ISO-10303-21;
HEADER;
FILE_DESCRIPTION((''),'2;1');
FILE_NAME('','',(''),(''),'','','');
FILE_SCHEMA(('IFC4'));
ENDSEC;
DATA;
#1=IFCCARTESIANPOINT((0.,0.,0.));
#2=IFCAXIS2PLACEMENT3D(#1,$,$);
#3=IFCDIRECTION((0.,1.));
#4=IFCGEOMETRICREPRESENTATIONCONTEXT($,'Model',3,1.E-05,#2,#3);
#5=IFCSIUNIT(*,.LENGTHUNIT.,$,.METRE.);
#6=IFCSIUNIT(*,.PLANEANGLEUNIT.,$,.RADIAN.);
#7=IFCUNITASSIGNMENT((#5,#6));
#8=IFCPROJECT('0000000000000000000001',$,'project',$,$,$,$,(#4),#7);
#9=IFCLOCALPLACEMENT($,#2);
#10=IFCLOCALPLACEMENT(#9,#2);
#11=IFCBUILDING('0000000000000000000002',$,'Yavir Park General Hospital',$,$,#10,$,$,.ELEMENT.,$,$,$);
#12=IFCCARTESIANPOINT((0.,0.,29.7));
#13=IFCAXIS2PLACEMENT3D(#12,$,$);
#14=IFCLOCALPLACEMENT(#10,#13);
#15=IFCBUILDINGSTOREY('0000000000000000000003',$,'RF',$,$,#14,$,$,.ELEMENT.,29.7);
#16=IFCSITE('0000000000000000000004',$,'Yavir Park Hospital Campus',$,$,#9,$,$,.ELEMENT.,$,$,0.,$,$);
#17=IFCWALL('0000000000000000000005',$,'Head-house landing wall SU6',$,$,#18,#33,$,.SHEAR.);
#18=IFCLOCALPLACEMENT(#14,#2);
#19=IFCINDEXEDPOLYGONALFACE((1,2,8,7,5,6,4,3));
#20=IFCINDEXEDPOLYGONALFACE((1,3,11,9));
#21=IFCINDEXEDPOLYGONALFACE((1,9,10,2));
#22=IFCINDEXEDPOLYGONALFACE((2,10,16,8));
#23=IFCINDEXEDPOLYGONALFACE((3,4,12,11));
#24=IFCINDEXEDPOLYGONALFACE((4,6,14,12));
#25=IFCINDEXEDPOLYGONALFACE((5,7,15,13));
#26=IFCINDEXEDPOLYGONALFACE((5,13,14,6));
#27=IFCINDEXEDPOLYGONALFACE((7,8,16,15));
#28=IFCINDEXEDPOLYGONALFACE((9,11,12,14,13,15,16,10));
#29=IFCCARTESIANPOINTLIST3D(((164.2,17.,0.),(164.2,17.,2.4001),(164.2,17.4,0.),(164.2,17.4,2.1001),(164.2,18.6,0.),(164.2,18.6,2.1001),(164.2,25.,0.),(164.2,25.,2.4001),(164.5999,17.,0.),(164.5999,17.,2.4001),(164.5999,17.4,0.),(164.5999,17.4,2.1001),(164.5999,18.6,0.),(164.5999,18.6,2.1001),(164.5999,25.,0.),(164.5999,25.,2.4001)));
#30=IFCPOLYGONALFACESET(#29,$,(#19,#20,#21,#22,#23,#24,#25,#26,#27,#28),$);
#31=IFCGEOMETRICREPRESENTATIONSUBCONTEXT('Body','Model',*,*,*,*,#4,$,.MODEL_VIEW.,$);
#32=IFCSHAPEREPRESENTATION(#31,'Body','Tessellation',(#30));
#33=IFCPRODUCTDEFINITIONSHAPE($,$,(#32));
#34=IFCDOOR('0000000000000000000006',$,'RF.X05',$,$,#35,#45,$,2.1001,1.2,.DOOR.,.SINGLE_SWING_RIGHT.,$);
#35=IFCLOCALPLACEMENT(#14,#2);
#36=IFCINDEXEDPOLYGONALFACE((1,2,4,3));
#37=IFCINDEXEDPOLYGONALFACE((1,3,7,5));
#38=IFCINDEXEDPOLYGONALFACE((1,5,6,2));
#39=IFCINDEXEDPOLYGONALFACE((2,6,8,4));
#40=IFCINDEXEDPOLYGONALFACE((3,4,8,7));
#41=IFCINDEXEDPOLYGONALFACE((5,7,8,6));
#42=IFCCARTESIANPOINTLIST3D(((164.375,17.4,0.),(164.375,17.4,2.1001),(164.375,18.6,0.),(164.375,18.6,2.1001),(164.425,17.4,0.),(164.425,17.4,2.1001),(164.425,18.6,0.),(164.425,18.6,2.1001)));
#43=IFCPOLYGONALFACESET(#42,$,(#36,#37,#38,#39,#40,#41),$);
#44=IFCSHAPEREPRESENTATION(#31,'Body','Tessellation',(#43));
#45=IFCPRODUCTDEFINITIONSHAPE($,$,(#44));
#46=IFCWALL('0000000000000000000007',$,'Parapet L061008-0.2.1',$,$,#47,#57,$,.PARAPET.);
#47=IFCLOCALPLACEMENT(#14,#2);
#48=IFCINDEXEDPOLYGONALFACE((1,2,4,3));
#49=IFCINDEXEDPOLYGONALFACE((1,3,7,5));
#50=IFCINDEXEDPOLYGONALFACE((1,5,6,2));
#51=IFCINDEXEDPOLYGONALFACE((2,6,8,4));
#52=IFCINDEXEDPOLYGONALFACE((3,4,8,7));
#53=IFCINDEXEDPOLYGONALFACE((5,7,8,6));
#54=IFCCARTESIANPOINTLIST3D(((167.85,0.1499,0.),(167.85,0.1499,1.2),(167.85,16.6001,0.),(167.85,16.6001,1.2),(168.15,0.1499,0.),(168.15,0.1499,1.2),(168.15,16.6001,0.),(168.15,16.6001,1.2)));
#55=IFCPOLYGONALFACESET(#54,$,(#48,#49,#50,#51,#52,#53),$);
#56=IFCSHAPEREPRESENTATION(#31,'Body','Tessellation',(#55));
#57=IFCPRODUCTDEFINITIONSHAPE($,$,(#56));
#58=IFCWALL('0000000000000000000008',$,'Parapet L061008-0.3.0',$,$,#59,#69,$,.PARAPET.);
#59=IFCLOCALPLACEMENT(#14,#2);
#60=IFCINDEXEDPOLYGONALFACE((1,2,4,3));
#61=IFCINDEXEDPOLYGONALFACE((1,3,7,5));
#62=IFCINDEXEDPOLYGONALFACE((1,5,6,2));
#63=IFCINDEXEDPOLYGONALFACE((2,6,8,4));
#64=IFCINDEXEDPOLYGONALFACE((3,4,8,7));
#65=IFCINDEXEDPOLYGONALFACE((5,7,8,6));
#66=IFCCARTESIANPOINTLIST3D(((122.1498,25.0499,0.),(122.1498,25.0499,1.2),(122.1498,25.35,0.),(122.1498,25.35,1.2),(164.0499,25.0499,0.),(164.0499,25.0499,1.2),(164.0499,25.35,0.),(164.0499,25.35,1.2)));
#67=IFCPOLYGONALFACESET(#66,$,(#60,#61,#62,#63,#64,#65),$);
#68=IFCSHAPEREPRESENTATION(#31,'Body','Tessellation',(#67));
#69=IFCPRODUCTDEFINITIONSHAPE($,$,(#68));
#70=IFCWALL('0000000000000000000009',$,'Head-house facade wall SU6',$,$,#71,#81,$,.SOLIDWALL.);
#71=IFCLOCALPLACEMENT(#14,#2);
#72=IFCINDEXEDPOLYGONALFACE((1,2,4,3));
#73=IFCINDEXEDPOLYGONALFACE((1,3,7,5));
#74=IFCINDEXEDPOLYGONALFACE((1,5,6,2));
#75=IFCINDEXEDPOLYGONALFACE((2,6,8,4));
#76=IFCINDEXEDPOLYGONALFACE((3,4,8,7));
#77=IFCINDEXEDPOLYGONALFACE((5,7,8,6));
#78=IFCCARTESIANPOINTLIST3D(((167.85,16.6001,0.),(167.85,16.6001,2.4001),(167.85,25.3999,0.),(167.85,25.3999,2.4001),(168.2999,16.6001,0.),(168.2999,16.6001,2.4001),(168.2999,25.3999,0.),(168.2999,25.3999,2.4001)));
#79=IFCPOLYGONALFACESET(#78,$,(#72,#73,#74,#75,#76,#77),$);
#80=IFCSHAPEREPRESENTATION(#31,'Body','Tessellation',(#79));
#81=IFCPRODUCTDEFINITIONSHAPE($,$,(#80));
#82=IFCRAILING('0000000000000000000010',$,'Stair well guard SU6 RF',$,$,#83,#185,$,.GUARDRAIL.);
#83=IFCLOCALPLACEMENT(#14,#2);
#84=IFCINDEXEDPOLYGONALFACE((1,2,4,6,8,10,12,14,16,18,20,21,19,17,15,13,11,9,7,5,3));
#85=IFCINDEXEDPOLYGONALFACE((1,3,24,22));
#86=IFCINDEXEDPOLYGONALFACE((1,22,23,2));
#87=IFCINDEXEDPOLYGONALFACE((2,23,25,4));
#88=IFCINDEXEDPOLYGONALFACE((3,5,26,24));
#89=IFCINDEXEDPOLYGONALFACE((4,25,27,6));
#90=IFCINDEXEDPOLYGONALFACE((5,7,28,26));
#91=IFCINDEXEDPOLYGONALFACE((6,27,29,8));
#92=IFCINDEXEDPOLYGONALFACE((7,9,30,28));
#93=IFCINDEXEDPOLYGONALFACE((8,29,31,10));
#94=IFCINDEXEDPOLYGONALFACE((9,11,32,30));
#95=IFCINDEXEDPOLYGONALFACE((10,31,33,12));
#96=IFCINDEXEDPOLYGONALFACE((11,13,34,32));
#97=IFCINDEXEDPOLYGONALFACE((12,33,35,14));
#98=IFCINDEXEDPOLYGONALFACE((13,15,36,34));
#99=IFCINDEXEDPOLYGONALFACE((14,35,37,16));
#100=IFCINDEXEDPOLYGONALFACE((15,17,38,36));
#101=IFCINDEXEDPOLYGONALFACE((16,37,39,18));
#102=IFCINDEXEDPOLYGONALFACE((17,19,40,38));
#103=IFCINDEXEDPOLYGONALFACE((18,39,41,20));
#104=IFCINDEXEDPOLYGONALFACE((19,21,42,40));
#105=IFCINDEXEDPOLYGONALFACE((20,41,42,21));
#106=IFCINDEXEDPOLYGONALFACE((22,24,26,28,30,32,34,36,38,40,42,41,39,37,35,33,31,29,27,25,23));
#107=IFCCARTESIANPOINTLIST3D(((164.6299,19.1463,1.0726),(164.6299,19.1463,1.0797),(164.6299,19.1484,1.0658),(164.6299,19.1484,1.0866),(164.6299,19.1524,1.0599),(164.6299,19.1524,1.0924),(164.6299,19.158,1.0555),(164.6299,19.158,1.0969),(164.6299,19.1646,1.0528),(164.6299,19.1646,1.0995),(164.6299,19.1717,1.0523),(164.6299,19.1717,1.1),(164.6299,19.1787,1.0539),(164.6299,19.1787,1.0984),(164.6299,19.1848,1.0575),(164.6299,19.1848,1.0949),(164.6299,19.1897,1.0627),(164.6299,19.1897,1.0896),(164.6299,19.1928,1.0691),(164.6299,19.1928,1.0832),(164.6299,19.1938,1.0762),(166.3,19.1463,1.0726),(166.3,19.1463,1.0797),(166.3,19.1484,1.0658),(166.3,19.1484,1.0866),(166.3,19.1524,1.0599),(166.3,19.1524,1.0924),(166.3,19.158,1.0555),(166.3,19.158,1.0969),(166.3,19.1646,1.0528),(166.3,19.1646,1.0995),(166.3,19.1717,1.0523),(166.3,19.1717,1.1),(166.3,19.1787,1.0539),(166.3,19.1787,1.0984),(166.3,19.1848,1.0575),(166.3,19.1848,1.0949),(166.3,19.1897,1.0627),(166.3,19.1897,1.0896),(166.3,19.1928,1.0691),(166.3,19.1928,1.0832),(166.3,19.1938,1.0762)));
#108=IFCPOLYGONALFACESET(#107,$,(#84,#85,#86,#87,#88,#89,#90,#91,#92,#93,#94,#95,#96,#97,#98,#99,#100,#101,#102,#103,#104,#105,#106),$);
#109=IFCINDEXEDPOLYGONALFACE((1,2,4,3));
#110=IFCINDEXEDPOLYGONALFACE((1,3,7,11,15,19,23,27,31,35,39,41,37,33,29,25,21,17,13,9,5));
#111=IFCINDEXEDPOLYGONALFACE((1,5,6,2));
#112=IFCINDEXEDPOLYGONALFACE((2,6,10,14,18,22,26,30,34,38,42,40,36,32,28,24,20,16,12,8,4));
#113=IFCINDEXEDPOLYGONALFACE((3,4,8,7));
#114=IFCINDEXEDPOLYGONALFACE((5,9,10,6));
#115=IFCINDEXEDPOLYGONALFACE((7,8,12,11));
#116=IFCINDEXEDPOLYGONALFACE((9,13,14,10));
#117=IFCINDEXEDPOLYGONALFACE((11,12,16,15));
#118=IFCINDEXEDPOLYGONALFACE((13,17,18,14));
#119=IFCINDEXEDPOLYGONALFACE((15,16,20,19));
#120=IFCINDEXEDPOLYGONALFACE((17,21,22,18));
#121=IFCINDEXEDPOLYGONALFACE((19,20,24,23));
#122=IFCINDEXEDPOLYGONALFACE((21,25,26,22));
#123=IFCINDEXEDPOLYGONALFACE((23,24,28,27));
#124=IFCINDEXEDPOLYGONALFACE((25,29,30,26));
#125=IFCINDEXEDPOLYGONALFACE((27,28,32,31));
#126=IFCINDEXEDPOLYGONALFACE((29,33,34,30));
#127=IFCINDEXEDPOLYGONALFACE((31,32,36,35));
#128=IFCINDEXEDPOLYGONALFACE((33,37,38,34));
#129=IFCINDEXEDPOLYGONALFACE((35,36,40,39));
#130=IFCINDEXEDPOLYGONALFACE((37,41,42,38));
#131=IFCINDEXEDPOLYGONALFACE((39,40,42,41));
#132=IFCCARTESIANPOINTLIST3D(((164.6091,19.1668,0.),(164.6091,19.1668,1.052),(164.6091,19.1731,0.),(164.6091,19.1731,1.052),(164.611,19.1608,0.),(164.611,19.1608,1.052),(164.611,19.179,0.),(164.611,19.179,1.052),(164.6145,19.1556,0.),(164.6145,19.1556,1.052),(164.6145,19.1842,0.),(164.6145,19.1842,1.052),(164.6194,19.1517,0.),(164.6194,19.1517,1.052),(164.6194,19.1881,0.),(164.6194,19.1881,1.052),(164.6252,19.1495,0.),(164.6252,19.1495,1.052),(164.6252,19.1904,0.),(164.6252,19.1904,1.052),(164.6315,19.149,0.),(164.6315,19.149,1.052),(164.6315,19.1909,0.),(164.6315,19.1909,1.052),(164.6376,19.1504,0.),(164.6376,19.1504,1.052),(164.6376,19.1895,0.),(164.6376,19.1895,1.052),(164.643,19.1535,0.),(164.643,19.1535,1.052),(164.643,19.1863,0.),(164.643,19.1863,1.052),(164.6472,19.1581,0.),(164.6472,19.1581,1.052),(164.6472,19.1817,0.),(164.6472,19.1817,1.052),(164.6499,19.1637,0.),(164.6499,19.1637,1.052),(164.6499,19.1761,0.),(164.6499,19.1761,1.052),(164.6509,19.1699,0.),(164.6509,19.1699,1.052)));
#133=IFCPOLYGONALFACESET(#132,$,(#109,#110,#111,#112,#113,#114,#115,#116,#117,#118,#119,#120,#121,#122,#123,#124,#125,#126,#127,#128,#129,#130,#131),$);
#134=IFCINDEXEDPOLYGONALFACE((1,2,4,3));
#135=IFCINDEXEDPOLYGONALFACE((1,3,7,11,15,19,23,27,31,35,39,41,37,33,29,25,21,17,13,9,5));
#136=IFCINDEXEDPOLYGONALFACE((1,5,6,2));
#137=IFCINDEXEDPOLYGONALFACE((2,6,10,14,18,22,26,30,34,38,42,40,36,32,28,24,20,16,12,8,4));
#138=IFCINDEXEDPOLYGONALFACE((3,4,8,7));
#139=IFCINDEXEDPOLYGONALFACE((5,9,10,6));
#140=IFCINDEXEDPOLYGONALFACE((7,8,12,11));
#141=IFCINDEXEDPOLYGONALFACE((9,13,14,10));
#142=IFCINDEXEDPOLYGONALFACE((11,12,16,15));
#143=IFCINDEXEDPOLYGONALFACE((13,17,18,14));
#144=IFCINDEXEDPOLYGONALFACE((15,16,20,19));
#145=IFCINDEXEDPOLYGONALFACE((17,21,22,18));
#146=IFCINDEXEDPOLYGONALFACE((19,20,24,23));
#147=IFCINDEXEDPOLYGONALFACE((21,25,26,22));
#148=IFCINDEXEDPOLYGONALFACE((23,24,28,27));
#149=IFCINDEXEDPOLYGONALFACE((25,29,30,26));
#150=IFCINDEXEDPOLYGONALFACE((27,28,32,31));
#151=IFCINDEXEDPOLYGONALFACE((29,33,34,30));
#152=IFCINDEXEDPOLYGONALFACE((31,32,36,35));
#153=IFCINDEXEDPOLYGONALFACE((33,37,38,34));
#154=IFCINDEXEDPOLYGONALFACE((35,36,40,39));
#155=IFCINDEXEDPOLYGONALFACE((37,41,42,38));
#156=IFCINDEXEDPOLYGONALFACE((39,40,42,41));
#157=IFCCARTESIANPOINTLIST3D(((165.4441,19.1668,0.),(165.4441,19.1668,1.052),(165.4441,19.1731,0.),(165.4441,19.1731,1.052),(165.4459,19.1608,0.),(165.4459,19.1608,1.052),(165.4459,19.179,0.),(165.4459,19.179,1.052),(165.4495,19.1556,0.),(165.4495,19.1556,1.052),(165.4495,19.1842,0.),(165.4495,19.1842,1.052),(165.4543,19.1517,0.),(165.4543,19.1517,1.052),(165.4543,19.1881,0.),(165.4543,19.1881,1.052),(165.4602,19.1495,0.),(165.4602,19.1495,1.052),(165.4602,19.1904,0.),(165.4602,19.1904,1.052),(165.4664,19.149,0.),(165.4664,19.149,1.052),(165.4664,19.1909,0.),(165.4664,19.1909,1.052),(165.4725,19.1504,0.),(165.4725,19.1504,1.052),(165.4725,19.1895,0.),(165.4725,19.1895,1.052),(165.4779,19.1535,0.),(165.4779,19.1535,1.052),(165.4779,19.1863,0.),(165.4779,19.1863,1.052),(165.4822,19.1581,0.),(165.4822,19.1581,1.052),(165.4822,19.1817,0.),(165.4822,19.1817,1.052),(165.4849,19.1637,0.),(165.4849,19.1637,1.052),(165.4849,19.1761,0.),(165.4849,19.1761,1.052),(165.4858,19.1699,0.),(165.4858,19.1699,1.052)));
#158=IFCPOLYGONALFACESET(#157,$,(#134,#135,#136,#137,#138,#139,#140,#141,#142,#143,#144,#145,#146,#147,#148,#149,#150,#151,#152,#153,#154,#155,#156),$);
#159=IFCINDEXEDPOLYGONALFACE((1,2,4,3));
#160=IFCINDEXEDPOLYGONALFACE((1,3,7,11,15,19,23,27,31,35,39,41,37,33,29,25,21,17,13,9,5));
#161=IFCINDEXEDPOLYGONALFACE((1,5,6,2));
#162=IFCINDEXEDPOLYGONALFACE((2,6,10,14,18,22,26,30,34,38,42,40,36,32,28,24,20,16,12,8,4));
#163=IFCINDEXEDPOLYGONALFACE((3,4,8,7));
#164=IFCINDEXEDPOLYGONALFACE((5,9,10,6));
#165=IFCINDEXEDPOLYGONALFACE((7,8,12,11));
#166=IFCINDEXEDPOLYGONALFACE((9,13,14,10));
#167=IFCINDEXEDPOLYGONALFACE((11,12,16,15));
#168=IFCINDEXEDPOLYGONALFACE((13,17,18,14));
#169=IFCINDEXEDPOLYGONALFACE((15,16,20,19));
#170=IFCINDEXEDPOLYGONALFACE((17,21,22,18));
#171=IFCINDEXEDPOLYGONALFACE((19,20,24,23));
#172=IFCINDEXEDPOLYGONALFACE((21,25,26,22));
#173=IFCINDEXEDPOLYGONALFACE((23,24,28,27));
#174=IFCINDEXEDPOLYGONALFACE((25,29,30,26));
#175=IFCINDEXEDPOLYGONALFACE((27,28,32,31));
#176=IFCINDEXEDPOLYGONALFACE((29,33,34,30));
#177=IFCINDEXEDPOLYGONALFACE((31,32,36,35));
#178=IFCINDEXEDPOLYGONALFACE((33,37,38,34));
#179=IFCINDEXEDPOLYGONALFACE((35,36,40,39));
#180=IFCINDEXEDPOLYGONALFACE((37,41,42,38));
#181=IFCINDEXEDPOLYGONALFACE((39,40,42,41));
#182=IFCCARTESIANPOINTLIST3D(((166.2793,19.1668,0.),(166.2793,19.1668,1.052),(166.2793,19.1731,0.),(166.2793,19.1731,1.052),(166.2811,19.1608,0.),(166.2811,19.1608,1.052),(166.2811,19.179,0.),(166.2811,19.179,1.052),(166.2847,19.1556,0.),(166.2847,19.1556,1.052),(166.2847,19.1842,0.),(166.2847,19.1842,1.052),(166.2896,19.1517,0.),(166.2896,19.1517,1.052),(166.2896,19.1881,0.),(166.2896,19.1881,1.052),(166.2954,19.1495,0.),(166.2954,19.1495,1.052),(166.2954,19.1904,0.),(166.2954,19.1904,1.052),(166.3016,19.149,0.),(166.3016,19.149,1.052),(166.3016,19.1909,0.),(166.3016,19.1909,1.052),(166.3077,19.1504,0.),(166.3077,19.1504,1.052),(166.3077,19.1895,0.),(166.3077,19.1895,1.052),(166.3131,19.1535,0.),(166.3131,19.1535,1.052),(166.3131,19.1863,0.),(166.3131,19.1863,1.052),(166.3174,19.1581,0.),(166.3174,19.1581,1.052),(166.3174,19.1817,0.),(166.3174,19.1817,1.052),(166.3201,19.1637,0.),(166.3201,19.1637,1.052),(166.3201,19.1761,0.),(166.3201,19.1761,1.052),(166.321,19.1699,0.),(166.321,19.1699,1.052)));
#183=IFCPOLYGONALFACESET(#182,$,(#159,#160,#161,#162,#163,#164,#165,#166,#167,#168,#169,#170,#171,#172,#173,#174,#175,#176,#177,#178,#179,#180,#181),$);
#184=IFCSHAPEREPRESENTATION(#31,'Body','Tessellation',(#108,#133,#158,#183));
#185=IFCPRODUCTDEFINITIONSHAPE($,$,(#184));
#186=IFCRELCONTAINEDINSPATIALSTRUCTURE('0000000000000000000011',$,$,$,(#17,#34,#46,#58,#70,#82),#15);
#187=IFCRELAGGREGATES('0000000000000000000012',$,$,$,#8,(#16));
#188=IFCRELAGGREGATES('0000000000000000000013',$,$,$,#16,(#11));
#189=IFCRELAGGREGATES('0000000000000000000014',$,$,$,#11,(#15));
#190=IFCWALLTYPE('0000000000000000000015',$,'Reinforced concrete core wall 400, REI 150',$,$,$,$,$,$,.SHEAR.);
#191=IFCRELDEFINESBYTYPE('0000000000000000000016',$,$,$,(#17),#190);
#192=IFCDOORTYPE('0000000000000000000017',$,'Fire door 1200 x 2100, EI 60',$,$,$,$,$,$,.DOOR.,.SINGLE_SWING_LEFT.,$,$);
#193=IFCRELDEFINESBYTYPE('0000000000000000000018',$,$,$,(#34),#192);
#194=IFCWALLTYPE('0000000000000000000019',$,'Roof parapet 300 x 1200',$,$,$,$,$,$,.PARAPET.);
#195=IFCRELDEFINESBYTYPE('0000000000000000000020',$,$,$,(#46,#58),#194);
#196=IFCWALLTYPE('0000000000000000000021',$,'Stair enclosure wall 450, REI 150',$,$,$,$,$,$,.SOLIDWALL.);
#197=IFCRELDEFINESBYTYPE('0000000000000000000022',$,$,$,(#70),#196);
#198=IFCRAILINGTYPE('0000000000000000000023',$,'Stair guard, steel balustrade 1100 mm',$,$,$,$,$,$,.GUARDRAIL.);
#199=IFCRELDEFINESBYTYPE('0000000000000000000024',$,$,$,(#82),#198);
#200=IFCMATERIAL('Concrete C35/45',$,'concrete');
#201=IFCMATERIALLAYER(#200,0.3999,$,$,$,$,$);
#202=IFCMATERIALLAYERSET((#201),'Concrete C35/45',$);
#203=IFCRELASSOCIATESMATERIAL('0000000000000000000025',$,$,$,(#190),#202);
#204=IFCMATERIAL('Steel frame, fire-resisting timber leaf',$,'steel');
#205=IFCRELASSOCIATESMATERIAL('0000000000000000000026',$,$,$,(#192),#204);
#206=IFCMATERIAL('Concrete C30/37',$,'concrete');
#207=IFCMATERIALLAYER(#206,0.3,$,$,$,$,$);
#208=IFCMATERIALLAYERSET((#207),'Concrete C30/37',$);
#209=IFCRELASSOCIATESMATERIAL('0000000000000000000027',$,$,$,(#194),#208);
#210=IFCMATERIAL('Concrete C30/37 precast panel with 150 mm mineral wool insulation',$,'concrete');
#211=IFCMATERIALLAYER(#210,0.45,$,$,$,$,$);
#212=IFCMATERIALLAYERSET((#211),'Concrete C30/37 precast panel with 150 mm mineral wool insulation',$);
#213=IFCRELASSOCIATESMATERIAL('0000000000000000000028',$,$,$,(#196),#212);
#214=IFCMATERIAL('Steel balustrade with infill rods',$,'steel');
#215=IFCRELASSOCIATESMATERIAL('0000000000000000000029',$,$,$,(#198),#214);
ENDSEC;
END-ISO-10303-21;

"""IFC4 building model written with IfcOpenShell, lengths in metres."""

from ifc_helpers import new_model, si_unit, direction, frame, frame_2d, origin, origin_2d, place, context, subcontext, project, spatial, rectangle, circle, extrude, material, layer, layer_set, type_object, element, fill, save


model = new_model("IFC4")

# Units and contexts
model_context = context("Model", 3, precision=1e-05, world=origin(), true_north=direction((0.0, 1.0)))
body_context = subcontext(model_context, "Body", "Model", "MODEL_VIEW")
ifc_project = project(units=[si_unit("LENGTHUNIT", "METRE"), si_unit("PLANEANGLEUNIT", "RADIAN")], contexts=[model_context])

# Site, building, storey
site_placement = place(None, origin())
site = spatial("IfcSite", under=ifc_project, at=site_placement, Name="Yavir Park Hospital Campus", CompositionType="ELEMENT", RefElevation=0.0)
building_placement = place(site_placement, origin())
building = spatial("IfcBuilding", under=site, at=building_placement, Name="Yavir Park General Hospital", CompositionType="ELEMENT")
storey_placement = place(building_placement, frame((0.0, 0.0, 29.7)))
storey = spatial("IfcBuildingStorey", under=building, at=storey_placement, Name="RF", CompositionType="ELEMENT", Elevation=29.7)

# Shared definitions
ifc_material_1 = material(Name="Concrete C35/45", Category="concrete")
ifc_layer_1 = layer(ifc_material_1, 0.3999)
ifc_layer_set_1 = layer_set([ifc_layer_1], Name="Concrete C35/45")
wall_type_1 = type_object("IfcWallType", Name="Reinforced concrete core wall 400, REI 150", PredefinedType="SHEAR", material=ifc_layer_set_1)

# Wall, opening, door
wall_1_placement = place(storey_placement, frame((164.3999, 17.0, 0.0), z_axis=(0.0, 0.0, 1.0), x_axis=(0.0, 1.0, 0.0)))
wall_1 = element("IfcWall", 1, at=wall_1_placement, inside=storey, type_object=wall_type_1, Name="Head-house landing wall SU6", PredefinedType="SHEAR", context=body_context, shape_type="SweptSolid", body=[
    extrude(rectangle(XDim=8.0, YDim=0.3999, at=frame_2d((4.0, 0.0))), origin(), (0.0, 0.0, 1.0), 2.4001),
])
opening_placement = place(wall_1_placement, frame((0.3999, 0.0, 0.0)))
opening = element("IfcOpeningElement", 2, at=opening_placement, cuts=wall_1, PredefinedType="OPENING", context=body_context, shape_type="SweptSolid", body=[
    extrude(rectangle(XDim=1.2, YDim=2.1001, at=frame_2d((0.6001, 1.05))), frame((0.0, 0.21, 0.0), z_axis=(0.0, -1.0, 0.0), x_axis=(1.0, 0.0, 0.0)), (0.0, 0.0, 1.0), 0.4199),
])
ifc_material_2 = material(Name="Steel frame, fire-resisting timber leaf", Category="steel")
door_type = type_object("IfcDoorType", Name="Fire door 1200 x 2100, EI 60", OperationType="SINGLE_SWING_LEFT", PredefinedType="DOOR", material=ifc_material_2)
door_placement = place(opening_placement, origin())
door = element("IfcDoor", 3, at=door_placement, inside=storey, type_object=door_type, Name="RF.X05", OperationType="SINGLE_SWING_RIGHT", OverallHeight=2.1001, OverallWidth=1.2, PredefinedType="DOOR", context=body_context, shape_type="SweptSolid", body=[
    extrude(rectangle(XDim=1.2, YDim=2.1001, at=frame_2d((0.6001, 1.05))), frame((0.0, 0.0249, 0.0), z_axis=(0.0, -1.0, 0.0), x_axis=(1.0, 0.0, 0.0)), (0.0, 0.0, 1.0), 0.05),
])
fill(opening, door)

# Walls
ifc_material_3 = material(Name="Concrete C30/37", Category="concrete")
ifc_layer_2 = layer(ifc_material_3, 0.3)
ifc_layer_set_2 = layer_set([ifc_layer_2], Name="Concrete C30/37")
wall_type_2 = type_object("IfcWallType", Name="Roof parapet 300 x 1200", PredefinedType="PARAPET", material=ifc_layer_set_2)
wall_2_placement = place(storey_placement, frame((168.0, 0.1499, 0.0), z_axis=(0.0, 0.0, 1.0), x_axis=(0.0, 1.0, 0.0)))
element("IfcWall", 4, at=wall_2_placement, inside=storey, type_object=wall_type_2, Name="Parapet L061008-0.2.1", PredefinedType="PARAPET", context=body_context, shape_type="SweptSolid", body=[
    extrude(rectangle(XDim=16.4502, YDim=0.3, at=frame_2d((8.2251, 0.0))), origin(), (0.0, 0.0, 1.0), 1.2),
])
wall_3_placement = place(storey_placement, frame((164.05, 25.2, 0.0), z_axis=(0.0, 0.0, 1.0), x_axis=(-1.0, 0.0, 0.0)))
element("IfcWall", 5, at=wall_3_placement, inside=storey, type_object=wall_type_2, Name="Parapet L061008-0.3.0", PredefinedType="PARAPET", context=body_context, shape_type="SweptSolid", body=[
    extrude(rectangle(XDim=41.9001, YDim=0.3, at=frame_2d((20.9502, 0.0))), origin(), (0.0, 0.0, 1.0), 1.2),
])
ifc_material_4 = material(Name="Concrete C30/37 precast panel with 150 mm mineral wool insulation", Category="concrete")
ifc_layer_3 = layer(ifc_material_4, 0.45)
ifc_layer_set_3 = layer_set([ifc_layer_3], Name="Concrete C30/37 precast panel with 150 mm mineral wool insulation")
wall_type_3 = type_object("IfcWallType", Name="Stair enclosure wall 450, REI 150", PredefinedType="SOLIDWALL", material=ifc_layer_set_3)
wall_4_placement = place(storey_placement, frame((168.075, 16.6001, 0.0), z_axis=(0.0, 0.0, 1.0), x_axis=(0.0, 1.0, 0.0)))
element("IfcWall", 6, at=wall_4_placement, inside=storey, type_object=wall_type_3, Name="Head-house facade wall SU6", PredefinedType="SOLIDWALL", context=body_context, shape_type="SweptSolid", body=[
    extrude(rectangle(XDim=8.7998, YDim=0.45, at=frame_2d((4.3999, 0.0))), origin(), (0.0, 0.0, 1.0), 2.4001),
])

# Railing
ifc_material_5 = material(Name="Steel balustrade with infill rods", Category="steel")
railing_type = type_object("IfcRailingType", Name="Stair guard, steel balustrade 1100 mm", PredefinedType="GUARDRAIL", material=ifc_material_5)
railing_placement = place(storey_placement, frame((164.6299, 19.1699, 0.0)))
element("IfcRailing", 7, at=railing_placement, inside=storey, type_object=railing_type, Name="Stair well guard SU6 RF", PredefinedType="GUARDRAIL", context=body_context, shape_type="SweptSolid", body=[
    extrude(circle(Radius=0.0239, at=origin_2d()), frame((0.0, 0.0, 1.0762), z_axis=(1.0, 0.0, 0.0), x_axis=(0.0, 1.0, 0.0)), (0.0, 0.0, 1.0), 1.6702),
    extrude(circle(Radius=0.021, at=origin_2d()), origin(), (0.0, 0.0, 1.0), 1.052),
    extrude(circle(Radius=0.021, at=origin_2d()), frame((0.835, 0.0, 0.0)), (0.0, 0.0, 1.0), 1.052),
    extrude(circle(Radius=0.021, at=origin_2d()), frame((1.6702, 0.0, 0.0)), (0.0, 0.0, 1.0), 1.052),
])

save(model, "model.ifc")
